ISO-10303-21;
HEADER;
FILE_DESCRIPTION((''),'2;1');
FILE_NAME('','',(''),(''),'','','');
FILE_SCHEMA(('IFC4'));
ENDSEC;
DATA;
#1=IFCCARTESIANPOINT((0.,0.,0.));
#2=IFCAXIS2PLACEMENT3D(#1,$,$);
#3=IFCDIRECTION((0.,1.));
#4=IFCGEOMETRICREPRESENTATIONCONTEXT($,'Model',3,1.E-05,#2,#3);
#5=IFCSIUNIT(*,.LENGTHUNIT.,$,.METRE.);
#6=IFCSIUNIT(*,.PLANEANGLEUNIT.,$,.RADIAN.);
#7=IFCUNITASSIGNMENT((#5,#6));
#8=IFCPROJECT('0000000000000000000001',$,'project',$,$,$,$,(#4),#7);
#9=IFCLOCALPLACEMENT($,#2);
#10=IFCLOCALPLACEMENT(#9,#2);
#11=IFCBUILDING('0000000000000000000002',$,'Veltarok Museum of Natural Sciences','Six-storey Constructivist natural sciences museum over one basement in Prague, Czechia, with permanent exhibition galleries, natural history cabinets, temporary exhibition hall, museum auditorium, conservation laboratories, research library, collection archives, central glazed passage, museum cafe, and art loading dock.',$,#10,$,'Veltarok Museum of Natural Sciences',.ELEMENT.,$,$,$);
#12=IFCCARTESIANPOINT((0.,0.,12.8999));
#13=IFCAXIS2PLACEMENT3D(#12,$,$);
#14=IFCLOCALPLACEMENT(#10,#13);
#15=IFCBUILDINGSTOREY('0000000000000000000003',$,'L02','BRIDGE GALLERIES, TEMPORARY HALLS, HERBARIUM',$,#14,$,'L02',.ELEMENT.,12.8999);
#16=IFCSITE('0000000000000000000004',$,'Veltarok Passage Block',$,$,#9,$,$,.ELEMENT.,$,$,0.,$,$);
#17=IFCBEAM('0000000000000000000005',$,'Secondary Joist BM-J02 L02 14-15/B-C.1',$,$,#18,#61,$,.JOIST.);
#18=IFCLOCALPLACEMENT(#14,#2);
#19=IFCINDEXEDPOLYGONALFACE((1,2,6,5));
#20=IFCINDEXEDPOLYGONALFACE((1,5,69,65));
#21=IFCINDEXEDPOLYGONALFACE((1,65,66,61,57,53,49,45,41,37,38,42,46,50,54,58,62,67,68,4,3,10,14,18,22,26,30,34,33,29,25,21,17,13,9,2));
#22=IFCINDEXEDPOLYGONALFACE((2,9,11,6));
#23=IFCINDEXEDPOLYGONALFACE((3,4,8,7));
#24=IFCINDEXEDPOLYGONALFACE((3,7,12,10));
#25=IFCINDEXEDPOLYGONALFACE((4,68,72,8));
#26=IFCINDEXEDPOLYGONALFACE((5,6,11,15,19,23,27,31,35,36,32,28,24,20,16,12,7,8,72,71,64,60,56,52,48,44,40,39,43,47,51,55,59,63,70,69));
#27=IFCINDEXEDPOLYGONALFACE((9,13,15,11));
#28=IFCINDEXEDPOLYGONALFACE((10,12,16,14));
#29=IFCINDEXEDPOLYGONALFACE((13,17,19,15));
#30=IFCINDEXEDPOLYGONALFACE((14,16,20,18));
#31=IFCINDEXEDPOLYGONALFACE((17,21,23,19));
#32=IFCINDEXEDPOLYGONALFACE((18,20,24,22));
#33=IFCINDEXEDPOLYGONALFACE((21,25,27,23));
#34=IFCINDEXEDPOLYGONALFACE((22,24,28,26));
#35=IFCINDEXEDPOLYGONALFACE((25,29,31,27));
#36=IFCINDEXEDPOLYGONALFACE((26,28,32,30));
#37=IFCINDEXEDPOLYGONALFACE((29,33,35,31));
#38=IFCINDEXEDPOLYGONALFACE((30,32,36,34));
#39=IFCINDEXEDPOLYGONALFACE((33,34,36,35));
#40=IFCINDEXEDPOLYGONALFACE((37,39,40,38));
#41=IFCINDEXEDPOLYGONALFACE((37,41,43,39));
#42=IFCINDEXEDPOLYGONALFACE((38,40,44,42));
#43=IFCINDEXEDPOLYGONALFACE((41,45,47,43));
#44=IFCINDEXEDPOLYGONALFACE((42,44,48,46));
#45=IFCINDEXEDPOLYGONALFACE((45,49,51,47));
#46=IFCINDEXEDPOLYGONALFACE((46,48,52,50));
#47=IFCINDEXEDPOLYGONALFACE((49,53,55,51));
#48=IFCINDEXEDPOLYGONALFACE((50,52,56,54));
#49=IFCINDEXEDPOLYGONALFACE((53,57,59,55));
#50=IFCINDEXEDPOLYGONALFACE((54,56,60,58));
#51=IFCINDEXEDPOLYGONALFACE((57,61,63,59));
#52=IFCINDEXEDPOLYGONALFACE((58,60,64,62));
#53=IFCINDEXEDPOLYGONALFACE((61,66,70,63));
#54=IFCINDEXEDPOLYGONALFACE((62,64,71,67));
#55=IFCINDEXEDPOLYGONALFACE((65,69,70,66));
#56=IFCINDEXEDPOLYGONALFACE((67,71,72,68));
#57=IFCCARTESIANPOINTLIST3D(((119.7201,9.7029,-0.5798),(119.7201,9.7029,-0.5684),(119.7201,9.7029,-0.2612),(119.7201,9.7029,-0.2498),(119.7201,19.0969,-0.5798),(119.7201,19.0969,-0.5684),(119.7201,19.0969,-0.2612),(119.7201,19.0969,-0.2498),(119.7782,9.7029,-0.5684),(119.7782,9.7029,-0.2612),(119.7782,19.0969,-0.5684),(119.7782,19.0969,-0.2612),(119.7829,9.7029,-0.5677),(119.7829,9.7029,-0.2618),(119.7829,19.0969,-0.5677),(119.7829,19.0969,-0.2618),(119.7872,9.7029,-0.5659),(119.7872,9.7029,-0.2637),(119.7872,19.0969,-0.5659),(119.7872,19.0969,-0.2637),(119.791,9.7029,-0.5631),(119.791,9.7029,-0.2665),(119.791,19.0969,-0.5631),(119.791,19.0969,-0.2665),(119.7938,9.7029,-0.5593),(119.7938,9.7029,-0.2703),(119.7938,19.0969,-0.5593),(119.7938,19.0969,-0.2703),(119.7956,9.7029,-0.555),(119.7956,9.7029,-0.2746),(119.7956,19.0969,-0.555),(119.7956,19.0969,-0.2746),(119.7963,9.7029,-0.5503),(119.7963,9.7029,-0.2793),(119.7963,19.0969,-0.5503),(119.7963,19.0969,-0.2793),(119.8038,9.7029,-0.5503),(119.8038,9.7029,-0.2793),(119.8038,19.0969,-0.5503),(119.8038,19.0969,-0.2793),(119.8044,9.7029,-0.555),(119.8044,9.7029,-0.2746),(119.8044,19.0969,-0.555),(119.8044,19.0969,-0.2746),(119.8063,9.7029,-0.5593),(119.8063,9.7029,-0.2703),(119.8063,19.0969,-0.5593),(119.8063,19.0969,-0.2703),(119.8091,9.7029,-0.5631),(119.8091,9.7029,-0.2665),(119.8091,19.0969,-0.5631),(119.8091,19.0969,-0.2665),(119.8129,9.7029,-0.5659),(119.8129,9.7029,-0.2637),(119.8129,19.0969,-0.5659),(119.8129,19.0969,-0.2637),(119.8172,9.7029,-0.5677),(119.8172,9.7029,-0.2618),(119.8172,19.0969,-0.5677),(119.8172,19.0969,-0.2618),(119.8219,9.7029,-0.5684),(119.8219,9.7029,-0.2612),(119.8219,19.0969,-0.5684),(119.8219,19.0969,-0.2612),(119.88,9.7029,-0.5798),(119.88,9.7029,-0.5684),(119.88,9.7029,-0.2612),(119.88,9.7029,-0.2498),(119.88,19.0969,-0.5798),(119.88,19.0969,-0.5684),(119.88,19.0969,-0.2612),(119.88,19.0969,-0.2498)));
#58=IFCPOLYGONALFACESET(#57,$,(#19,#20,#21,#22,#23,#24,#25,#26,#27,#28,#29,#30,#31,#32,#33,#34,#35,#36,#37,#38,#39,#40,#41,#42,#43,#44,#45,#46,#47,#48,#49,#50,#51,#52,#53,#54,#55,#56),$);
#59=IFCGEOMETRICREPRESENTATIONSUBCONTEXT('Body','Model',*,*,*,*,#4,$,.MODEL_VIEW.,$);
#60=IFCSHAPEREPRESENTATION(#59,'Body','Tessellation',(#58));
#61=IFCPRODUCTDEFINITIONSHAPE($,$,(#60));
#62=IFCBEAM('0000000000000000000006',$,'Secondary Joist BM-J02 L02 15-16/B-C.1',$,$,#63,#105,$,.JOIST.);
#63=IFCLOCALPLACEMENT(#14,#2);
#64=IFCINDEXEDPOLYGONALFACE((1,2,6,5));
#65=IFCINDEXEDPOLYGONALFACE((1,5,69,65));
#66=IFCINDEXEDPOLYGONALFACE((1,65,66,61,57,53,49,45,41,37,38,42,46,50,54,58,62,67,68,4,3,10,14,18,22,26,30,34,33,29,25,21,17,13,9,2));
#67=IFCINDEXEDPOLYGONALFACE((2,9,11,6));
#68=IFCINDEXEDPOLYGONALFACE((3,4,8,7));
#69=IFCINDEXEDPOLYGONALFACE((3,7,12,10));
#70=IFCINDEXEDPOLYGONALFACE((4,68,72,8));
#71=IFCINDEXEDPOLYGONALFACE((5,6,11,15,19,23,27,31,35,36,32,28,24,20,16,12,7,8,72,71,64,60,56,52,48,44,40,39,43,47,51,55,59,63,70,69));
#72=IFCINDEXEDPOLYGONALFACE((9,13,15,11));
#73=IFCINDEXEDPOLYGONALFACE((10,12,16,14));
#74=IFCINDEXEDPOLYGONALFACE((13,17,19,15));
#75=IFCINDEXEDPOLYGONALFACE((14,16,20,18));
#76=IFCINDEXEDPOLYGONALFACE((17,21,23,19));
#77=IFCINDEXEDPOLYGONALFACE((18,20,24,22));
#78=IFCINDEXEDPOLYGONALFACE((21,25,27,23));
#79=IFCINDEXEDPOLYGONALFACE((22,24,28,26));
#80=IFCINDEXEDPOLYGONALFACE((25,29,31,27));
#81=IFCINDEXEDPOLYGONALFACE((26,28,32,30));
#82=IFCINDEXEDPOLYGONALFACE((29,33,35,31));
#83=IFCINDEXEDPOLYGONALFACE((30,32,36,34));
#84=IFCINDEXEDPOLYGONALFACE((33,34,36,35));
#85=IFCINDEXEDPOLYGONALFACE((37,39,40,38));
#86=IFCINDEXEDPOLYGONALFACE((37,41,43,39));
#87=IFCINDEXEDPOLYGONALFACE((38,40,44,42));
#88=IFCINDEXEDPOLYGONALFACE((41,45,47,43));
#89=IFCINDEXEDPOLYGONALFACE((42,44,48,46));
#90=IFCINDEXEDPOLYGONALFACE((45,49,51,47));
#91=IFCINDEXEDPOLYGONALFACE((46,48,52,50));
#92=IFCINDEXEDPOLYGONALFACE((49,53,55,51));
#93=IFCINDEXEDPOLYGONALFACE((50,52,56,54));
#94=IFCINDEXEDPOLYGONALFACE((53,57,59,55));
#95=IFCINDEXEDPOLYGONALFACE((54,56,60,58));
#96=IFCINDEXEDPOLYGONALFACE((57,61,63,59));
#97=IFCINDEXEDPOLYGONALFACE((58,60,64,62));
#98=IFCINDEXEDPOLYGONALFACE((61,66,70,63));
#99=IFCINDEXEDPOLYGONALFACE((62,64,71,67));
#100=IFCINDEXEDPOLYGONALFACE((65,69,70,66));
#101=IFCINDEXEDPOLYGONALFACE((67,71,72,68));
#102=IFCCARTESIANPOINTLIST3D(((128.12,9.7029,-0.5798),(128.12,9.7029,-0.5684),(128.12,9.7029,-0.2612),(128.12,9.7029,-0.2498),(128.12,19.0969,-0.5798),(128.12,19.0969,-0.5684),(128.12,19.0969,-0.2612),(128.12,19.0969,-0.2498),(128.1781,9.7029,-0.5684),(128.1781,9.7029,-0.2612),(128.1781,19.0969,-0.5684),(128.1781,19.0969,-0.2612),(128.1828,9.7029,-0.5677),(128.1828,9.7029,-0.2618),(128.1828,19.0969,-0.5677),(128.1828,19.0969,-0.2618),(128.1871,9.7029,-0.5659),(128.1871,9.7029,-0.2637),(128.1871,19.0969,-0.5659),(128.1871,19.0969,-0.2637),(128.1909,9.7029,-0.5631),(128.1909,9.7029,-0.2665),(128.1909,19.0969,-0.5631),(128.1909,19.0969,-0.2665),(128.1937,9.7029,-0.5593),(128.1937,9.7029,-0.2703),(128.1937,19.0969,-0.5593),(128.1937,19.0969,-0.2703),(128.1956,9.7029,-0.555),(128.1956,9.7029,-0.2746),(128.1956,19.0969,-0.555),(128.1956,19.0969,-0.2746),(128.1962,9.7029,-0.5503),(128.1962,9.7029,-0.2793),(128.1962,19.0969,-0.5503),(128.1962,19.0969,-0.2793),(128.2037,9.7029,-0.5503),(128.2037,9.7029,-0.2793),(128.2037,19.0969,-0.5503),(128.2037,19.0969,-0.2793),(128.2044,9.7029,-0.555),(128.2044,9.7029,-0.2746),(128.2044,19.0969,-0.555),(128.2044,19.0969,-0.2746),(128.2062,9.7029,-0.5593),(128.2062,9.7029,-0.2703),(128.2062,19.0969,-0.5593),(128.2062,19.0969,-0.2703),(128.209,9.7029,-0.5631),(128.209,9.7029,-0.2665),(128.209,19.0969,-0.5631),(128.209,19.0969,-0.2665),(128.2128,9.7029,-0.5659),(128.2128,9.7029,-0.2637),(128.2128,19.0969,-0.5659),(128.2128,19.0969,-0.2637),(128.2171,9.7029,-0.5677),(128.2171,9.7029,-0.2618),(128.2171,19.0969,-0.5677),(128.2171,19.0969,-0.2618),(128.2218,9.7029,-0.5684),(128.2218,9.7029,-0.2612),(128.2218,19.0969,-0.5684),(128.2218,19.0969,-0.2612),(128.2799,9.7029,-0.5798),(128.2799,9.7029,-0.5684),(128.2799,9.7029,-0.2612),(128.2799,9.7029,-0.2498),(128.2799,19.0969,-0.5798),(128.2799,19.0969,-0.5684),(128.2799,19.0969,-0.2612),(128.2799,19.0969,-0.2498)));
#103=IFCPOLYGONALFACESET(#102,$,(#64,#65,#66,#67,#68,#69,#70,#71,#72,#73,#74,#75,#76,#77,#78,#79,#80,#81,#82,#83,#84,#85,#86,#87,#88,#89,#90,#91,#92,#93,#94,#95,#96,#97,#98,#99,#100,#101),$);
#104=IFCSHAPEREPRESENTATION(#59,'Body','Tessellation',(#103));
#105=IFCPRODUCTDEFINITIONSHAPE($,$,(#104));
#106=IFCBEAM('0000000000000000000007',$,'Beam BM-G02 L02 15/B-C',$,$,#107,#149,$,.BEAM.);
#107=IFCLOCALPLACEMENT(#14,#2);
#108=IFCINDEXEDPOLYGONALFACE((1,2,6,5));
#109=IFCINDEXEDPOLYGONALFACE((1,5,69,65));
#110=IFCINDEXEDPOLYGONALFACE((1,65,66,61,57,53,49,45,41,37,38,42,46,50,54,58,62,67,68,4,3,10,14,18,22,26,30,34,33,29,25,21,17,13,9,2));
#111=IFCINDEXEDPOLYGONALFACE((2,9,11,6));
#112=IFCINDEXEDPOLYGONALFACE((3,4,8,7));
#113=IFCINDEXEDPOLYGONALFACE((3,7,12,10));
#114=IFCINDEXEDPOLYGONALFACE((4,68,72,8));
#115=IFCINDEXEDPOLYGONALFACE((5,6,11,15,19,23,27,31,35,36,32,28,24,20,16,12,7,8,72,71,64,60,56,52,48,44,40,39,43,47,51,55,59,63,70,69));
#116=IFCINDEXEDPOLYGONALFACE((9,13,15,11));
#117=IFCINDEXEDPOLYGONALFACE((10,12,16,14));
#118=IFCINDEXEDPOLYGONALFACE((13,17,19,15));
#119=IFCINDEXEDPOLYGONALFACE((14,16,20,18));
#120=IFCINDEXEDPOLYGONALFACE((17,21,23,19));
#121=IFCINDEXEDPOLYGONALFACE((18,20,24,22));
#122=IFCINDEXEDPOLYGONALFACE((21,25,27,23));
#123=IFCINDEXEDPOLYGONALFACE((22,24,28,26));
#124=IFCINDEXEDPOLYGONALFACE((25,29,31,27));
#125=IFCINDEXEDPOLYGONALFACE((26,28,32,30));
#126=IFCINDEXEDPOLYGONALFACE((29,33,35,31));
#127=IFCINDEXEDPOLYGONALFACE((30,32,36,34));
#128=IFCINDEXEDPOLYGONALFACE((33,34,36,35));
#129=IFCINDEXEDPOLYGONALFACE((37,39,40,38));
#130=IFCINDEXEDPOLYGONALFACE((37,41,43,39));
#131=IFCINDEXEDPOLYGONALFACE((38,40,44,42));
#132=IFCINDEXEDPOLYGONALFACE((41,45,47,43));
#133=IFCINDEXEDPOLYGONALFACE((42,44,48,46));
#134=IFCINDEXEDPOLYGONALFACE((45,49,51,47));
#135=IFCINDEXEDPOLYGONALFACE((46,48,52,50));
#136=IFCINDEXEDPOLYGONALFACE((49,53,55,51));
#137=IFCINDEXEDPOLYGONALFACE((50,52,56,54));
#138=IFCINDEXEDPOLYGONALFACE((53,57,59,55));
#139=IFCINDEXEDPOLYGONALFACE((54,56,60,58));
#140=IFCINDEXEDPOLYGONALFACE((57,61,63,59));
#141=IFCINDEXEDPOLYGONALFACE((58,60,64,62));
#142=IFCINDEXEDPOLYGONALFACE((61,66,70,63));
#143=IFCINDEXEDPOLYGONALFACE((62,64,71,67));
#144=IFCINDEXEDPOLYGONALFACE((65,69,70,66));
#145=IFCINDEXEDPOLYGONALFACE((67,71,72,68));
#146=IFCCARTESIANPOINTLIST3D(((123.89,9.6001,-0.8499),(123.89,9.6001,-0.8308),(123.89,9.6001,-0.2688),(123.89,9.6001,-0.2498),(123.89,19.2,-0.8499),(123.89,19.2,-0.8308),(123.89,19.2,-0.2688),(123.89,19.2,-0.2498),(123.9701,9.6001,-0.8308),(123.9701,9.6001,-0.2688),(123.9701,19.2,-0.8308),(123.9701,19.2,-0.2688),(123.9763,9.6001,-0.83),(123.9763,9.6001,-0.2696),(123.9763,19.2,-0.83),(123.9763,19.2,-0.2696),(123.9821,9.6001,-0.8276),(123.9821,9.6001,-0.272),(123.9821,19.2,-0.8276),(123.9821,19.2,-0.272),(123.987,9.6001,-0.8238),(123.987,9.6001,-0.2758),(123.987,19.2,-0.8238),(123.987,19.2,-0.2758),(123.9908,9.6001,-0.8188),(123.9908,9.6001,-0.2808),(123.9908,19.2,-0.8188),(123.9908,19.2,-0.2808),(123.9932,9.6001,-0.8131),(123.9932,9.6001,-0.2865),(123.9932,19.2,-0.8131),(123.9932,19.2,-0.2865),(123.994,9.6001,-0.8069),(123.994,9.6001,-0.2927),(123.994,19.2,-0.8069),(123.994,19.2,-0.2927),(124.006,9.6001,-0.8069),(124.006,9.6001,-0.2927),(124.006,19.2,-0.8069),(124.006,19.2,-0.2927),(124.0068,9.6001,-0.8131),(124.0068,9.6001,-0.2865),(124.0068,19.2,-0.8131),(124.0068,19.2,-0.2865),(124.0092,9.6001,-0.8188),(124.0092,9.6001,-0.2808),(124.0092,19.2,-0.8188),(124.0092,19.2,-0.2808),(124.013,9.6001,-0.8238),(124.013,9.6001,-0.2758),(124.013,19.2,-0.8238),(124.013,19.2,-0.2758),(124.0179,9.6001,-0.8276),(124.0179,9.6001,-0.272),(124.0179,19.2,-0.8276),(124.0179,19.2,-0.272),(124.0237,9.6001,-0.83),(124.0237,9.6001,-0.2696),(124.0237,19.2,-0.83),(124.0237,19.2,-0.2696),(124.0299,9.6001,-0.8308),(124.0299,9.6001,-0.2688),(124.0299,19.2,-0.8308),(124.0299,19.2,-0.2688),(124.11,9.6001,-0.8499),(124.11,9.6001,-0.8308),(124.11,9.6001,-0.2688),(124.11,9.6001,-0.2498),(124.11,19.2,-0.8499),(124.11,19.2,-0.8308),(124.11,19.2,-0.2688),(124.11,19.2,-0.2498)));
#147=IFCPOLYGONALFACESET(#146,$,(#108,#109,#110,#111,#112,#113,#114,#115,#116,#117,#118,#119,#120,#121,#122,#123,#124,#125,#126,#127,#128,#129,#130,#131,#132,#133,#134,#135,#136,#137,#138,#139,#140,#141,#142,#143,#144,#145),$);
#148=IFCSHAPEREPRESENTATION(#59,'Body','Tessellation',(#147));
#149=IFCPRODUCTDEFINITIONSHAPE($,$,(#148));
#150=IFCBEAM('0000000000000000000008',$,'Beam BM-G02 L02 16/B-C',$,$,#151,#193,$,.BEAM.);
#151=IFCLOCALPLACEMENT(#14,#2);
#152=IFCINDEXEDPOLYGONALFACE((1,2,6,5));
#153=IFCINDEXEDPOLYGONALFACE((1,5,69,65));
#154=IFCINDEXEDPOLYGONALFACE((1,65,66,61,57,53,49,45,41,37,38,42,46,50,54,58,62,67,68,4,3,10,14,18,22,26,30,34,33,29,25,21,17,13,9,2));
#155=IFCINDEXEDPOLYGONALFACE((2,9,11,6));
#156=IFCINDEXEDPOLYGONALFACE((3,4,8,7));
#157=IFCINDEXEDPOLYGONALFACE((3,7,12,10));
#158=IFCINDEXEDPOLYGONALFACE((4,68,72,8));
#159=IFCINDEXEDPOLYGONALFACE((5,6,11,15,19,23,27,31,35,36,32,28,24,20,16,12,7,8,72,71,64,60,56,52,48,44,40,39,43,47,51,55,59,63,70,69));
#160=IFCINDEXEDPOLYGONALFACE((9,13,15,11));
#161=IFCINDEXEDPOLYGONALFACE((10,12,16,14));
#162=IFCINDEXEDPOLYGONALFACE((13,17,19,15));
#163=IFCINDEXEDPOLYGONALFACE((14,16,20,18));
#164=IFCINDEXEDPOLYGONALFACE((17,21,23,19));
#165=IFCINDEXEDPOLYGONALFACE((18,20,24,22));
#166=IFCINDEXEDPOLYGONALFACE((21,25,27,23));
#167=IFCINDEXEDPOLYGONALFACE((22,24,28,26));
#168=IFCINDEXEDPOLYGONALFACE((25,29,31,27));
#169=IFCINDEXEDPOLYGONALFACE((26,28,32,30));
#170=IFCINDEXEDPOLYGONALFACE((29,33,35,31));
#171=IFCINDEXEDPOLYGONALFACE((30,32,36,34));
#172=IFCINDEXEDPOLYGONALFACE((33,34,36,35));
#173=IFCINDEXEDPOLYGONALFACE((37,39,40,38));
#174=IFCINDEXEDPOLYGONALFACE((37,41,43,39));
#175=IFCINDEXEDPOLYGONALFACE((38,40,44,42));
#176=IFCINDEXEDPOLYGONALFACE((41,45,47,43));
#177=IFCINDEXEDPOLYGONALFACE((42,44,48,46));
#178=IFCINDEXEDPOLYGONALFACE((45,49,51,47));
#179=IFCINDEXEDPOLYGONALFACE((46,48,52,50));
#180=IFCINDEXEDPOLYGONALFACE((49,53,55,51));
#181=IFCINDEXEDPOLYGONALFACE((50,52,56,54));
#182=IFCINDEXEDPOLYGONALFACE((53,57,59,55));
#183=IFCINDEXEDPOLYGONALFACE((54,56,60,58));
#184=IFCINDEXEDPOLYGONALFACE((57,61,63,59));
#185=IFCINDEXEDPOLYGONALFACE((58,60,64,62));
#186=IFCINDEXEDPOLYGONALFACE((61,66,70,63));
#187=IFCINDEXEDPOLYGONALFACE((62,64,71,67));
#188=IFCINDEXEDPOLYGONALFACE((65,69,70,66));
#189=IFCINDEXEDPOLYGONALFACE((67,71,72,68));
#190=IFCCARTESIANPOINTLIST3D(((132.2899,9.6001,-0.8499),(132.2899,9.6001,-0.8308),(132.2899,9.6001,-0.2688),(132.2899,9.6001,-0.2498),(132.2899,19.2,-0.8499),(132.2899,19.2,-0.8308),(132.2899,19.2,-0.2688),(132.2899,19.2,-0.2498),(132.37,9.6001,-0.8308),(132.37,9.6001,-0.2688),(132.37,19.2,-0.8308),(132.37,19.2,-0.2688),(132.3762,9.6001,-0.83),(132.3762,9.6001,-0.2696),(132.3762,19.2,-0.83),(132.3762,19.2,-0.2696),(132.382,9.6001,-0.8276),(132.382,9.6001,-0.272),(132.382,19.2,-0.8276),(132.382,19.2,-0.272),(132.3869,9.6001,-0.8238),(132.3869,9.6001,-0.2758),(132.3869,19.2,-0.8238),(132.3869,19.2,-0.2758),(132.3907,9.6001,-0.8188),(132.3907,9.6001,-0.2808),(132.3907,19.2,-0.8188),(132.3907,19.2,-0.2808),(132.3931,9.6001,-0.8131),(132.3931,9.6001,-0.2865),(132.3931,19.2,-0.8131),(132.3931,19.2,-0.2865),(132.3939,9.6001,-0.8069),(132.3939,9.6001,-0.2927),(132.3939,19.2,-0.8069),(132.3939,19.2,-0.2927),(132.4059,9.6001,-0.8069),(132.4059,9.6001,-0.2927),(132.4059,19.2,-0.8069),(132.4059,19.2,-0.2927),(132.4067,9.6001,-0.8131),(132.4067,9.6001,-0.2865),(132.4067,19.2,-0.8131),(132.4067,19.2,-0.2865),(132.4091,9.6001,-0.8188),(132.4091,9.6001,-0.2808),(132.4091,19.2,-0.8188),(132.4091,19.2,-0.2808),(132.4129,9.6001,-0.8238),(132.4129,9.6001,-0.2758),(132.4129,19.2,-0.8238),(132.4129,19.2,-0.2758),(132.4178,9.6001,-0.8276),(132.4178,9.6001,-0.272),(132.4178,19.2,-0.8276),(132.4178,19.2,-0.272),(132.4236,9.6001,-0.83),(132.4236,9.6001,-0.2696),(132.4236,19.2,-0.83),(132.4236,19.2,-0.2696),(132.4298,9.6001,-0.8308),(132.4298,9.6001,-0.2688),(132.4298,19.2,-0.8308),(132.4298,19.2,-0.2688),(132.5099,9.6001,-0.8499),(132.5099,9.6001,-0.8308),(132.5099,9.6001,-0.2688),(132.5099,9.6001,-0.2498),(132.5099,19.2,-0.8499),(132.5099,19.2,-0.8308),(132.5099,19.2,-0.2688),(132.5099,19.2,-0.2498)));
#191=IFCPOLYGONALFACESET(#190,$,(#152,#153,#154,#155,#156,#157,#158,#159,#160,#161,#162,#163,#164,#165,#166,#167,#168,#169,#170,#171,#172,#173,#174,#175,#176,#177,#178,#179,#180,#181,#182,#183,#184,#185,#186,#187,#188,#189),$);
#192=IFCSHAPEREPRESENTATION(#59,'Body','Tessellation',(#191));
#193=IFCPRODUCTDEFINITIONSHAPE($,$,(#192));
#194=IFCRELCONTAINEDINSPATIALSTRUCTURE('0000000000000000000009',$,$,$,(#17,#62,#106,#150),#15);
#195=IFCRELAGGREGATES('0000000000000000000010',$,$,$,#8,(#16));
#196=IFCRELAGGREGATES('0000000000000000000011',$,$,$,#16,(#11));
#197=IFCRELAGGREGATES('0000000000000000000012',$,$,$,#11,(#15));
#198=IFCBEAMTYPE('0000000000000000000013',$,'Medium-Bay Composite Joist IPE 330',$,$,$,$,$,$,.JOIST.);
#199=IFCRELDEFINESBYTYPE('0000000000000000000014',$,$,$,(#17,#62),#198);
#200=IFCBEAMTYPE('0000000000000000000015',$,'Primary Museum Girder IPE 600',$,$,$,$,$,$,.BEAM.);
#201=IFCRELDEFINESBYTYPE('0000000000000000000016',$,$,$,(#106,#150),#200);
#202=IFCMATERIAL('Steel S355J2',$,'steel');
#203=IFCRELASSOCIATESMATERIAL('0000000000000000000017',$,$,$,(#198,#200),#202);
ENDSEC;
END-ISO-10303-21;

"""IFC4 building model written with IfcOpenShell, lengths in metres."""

from ifc_helpers import new_model, si_unit, direction, frame, origin, origin_2d, place, context, subcontext, project, spatial, i_section, extrude, material, material_profile, profile_set, type_object, element, save


model = new_model("IFC4")

# Units and contexts
model_context = context("Model", 3, precision=1e-05, world=origin(), true_north=direction((0.0, 1.0)))
body_context = subcontext(model_context, "Body", "Model", "MODEL_VIEW")
ifc_project = project(units=[si_unit("LENGTHUNIT", "METRE"), si_unit("PLANEANGLEUNIT", "RADIAN")], contexts=[model_context])

# Site, building, storey
site_placement = place(None, origin())
site = spatial("IfcSite", under=ifc_project, at=site_placement, Name="Veltarok Passage Block", CompositionType="ELEMENT", RefElevation=0.0)
building_placement = place(site_placement, origin())
building = spatial("IfcBuilding", under=site, at=building_placement, Name="Veltarok Museum of Natural Sciences", Description="Six-storey Constructivist natural sciences museum over one basement in Prague, Czechia, with permanent exhibition galleries, natural history cabinets, temporary exhibition hall, museum auditorium, conservation laboratories, research library, collection archives, central glazed passage, museum cafe, and art loading dock.", LongName="Veltarok Museum of Natural Sciences", CompositionType="ELEMENT")
storey_placement = place(building_placement, frame((0.0, 0.0, 12.8999)))
storey = spatial("IfcBuildingStorey", under=building, at=storey_placement, Name="L02", Description="BRIDGE GALLERIES, TEMPORARY HALLS, HERBARIUM", LongName="L02", CompositionType="ELEMENT", Elevation=12.8999)

# Shared definitions
ifc_material_1 = material(Name="Steel S355J2", Category="steel")

# Beams
ifc_material_profile_1 = material_profile(ifc_material_1, i_section(OverallWidth=0.1599, OverallDepth=0.3301, WebThickness=0.0076, FlangeThickness=0.0115, FilletRadius=0.0181, at=origin_2d()), Name="IPE 330")
ifc_profile_set_1 = profile_set([ifc_material_profile_1], Name="Steel S355J2")
beam_type_1 = type_object("IfcBeamType", Name="Medium-Bay Composite Joist IPE 330", PredefinedType="JOIST", material=ifc_profile_set_1)
for number, where, z_axis, x_axis, name in (
    (1, (119.8, 9.7029, -0.4148), (0.0, 1.0, 0.0), (-1.0, 0.0, 0.0), "Secondary Joist BM-J02 L02 14-15/B-C.1"),
    (2, (128.2, 9.7029, -0.4148), (0.0, 1.0, 0.0), (-1.0, 0.0, 0.0), "Secondary Joist BM-J02 L02 15-16/B-C.1"),
):
    element("IfcBeam", number, at=place(storey_placement, frame(where, z_axis=z_axis, x_axis=x_axis)), inside=storey, type_object=beam_type_1, Name=name, PredefinedType="JOIST", context=body_context, shape_type="SweptSolid", body=[
        extrude(i_section(OverallWidth=0.1599, OverallDepth=0.3301, WebThickness=0.0076, FlangeThickness=0.0115, FilletRadius=0.0181, at=origin_2d()), origin(), (0.0, 0.0, 1.0), 9.394),
    ])
ifc_material_profile_2 = material_profile(ifc_material_1, i_section(OverallWidth=0.22, OverallDepth=0.6001, WebThickness=0.012, FlangeThickness=0.019, FilletRadius=0.0239, at=origin_2d()), Name="IPE 600")
ifc_profile_set_2 = profile_set([ifc_material_profile_2], Name="Steel S355J2")
beam_type_2 = type_object("IfcBeamType", Name="Primary Museum Girder IPE 600", PredefinedType="BEAM", material=ifc_profile_set_2)
for number, where, z_axis, x_axis, name in (
    (3, (124.0, 9.6001, -0.5498), (0.0, 1.0, 0.0), (-1.0, 0.0, 0.0), "Beam BM-G02 L02 15/B-C"),
    (4, (132.3999, 9.6001, -0.5498), (0.0, 1.0, 0.0), (-1.0, 0.0, 0.0), "Beam BM-G02 L02 16/B-C"),
):
    element("IfcBeam", number, at=place(storey_placement, frame(where, z_axis=z_axis, x_axis=x_axis)), inside=storey, type_object=beam_type_2, Name=name, PredefinedType="BEAM", context=body_context, shape_type="SweptSolid", body=[
        extrude(i_section(OverallWidth=0.22, OverallDepth=0.6001, WebThickness=0.012, FlangeThickness=0.019, FilletRadius=0.0239, at=origin_2d()), origin(), (0.0, 0.0, 1.0), 9.5999),
    ])

save(model, "model.ifc")
